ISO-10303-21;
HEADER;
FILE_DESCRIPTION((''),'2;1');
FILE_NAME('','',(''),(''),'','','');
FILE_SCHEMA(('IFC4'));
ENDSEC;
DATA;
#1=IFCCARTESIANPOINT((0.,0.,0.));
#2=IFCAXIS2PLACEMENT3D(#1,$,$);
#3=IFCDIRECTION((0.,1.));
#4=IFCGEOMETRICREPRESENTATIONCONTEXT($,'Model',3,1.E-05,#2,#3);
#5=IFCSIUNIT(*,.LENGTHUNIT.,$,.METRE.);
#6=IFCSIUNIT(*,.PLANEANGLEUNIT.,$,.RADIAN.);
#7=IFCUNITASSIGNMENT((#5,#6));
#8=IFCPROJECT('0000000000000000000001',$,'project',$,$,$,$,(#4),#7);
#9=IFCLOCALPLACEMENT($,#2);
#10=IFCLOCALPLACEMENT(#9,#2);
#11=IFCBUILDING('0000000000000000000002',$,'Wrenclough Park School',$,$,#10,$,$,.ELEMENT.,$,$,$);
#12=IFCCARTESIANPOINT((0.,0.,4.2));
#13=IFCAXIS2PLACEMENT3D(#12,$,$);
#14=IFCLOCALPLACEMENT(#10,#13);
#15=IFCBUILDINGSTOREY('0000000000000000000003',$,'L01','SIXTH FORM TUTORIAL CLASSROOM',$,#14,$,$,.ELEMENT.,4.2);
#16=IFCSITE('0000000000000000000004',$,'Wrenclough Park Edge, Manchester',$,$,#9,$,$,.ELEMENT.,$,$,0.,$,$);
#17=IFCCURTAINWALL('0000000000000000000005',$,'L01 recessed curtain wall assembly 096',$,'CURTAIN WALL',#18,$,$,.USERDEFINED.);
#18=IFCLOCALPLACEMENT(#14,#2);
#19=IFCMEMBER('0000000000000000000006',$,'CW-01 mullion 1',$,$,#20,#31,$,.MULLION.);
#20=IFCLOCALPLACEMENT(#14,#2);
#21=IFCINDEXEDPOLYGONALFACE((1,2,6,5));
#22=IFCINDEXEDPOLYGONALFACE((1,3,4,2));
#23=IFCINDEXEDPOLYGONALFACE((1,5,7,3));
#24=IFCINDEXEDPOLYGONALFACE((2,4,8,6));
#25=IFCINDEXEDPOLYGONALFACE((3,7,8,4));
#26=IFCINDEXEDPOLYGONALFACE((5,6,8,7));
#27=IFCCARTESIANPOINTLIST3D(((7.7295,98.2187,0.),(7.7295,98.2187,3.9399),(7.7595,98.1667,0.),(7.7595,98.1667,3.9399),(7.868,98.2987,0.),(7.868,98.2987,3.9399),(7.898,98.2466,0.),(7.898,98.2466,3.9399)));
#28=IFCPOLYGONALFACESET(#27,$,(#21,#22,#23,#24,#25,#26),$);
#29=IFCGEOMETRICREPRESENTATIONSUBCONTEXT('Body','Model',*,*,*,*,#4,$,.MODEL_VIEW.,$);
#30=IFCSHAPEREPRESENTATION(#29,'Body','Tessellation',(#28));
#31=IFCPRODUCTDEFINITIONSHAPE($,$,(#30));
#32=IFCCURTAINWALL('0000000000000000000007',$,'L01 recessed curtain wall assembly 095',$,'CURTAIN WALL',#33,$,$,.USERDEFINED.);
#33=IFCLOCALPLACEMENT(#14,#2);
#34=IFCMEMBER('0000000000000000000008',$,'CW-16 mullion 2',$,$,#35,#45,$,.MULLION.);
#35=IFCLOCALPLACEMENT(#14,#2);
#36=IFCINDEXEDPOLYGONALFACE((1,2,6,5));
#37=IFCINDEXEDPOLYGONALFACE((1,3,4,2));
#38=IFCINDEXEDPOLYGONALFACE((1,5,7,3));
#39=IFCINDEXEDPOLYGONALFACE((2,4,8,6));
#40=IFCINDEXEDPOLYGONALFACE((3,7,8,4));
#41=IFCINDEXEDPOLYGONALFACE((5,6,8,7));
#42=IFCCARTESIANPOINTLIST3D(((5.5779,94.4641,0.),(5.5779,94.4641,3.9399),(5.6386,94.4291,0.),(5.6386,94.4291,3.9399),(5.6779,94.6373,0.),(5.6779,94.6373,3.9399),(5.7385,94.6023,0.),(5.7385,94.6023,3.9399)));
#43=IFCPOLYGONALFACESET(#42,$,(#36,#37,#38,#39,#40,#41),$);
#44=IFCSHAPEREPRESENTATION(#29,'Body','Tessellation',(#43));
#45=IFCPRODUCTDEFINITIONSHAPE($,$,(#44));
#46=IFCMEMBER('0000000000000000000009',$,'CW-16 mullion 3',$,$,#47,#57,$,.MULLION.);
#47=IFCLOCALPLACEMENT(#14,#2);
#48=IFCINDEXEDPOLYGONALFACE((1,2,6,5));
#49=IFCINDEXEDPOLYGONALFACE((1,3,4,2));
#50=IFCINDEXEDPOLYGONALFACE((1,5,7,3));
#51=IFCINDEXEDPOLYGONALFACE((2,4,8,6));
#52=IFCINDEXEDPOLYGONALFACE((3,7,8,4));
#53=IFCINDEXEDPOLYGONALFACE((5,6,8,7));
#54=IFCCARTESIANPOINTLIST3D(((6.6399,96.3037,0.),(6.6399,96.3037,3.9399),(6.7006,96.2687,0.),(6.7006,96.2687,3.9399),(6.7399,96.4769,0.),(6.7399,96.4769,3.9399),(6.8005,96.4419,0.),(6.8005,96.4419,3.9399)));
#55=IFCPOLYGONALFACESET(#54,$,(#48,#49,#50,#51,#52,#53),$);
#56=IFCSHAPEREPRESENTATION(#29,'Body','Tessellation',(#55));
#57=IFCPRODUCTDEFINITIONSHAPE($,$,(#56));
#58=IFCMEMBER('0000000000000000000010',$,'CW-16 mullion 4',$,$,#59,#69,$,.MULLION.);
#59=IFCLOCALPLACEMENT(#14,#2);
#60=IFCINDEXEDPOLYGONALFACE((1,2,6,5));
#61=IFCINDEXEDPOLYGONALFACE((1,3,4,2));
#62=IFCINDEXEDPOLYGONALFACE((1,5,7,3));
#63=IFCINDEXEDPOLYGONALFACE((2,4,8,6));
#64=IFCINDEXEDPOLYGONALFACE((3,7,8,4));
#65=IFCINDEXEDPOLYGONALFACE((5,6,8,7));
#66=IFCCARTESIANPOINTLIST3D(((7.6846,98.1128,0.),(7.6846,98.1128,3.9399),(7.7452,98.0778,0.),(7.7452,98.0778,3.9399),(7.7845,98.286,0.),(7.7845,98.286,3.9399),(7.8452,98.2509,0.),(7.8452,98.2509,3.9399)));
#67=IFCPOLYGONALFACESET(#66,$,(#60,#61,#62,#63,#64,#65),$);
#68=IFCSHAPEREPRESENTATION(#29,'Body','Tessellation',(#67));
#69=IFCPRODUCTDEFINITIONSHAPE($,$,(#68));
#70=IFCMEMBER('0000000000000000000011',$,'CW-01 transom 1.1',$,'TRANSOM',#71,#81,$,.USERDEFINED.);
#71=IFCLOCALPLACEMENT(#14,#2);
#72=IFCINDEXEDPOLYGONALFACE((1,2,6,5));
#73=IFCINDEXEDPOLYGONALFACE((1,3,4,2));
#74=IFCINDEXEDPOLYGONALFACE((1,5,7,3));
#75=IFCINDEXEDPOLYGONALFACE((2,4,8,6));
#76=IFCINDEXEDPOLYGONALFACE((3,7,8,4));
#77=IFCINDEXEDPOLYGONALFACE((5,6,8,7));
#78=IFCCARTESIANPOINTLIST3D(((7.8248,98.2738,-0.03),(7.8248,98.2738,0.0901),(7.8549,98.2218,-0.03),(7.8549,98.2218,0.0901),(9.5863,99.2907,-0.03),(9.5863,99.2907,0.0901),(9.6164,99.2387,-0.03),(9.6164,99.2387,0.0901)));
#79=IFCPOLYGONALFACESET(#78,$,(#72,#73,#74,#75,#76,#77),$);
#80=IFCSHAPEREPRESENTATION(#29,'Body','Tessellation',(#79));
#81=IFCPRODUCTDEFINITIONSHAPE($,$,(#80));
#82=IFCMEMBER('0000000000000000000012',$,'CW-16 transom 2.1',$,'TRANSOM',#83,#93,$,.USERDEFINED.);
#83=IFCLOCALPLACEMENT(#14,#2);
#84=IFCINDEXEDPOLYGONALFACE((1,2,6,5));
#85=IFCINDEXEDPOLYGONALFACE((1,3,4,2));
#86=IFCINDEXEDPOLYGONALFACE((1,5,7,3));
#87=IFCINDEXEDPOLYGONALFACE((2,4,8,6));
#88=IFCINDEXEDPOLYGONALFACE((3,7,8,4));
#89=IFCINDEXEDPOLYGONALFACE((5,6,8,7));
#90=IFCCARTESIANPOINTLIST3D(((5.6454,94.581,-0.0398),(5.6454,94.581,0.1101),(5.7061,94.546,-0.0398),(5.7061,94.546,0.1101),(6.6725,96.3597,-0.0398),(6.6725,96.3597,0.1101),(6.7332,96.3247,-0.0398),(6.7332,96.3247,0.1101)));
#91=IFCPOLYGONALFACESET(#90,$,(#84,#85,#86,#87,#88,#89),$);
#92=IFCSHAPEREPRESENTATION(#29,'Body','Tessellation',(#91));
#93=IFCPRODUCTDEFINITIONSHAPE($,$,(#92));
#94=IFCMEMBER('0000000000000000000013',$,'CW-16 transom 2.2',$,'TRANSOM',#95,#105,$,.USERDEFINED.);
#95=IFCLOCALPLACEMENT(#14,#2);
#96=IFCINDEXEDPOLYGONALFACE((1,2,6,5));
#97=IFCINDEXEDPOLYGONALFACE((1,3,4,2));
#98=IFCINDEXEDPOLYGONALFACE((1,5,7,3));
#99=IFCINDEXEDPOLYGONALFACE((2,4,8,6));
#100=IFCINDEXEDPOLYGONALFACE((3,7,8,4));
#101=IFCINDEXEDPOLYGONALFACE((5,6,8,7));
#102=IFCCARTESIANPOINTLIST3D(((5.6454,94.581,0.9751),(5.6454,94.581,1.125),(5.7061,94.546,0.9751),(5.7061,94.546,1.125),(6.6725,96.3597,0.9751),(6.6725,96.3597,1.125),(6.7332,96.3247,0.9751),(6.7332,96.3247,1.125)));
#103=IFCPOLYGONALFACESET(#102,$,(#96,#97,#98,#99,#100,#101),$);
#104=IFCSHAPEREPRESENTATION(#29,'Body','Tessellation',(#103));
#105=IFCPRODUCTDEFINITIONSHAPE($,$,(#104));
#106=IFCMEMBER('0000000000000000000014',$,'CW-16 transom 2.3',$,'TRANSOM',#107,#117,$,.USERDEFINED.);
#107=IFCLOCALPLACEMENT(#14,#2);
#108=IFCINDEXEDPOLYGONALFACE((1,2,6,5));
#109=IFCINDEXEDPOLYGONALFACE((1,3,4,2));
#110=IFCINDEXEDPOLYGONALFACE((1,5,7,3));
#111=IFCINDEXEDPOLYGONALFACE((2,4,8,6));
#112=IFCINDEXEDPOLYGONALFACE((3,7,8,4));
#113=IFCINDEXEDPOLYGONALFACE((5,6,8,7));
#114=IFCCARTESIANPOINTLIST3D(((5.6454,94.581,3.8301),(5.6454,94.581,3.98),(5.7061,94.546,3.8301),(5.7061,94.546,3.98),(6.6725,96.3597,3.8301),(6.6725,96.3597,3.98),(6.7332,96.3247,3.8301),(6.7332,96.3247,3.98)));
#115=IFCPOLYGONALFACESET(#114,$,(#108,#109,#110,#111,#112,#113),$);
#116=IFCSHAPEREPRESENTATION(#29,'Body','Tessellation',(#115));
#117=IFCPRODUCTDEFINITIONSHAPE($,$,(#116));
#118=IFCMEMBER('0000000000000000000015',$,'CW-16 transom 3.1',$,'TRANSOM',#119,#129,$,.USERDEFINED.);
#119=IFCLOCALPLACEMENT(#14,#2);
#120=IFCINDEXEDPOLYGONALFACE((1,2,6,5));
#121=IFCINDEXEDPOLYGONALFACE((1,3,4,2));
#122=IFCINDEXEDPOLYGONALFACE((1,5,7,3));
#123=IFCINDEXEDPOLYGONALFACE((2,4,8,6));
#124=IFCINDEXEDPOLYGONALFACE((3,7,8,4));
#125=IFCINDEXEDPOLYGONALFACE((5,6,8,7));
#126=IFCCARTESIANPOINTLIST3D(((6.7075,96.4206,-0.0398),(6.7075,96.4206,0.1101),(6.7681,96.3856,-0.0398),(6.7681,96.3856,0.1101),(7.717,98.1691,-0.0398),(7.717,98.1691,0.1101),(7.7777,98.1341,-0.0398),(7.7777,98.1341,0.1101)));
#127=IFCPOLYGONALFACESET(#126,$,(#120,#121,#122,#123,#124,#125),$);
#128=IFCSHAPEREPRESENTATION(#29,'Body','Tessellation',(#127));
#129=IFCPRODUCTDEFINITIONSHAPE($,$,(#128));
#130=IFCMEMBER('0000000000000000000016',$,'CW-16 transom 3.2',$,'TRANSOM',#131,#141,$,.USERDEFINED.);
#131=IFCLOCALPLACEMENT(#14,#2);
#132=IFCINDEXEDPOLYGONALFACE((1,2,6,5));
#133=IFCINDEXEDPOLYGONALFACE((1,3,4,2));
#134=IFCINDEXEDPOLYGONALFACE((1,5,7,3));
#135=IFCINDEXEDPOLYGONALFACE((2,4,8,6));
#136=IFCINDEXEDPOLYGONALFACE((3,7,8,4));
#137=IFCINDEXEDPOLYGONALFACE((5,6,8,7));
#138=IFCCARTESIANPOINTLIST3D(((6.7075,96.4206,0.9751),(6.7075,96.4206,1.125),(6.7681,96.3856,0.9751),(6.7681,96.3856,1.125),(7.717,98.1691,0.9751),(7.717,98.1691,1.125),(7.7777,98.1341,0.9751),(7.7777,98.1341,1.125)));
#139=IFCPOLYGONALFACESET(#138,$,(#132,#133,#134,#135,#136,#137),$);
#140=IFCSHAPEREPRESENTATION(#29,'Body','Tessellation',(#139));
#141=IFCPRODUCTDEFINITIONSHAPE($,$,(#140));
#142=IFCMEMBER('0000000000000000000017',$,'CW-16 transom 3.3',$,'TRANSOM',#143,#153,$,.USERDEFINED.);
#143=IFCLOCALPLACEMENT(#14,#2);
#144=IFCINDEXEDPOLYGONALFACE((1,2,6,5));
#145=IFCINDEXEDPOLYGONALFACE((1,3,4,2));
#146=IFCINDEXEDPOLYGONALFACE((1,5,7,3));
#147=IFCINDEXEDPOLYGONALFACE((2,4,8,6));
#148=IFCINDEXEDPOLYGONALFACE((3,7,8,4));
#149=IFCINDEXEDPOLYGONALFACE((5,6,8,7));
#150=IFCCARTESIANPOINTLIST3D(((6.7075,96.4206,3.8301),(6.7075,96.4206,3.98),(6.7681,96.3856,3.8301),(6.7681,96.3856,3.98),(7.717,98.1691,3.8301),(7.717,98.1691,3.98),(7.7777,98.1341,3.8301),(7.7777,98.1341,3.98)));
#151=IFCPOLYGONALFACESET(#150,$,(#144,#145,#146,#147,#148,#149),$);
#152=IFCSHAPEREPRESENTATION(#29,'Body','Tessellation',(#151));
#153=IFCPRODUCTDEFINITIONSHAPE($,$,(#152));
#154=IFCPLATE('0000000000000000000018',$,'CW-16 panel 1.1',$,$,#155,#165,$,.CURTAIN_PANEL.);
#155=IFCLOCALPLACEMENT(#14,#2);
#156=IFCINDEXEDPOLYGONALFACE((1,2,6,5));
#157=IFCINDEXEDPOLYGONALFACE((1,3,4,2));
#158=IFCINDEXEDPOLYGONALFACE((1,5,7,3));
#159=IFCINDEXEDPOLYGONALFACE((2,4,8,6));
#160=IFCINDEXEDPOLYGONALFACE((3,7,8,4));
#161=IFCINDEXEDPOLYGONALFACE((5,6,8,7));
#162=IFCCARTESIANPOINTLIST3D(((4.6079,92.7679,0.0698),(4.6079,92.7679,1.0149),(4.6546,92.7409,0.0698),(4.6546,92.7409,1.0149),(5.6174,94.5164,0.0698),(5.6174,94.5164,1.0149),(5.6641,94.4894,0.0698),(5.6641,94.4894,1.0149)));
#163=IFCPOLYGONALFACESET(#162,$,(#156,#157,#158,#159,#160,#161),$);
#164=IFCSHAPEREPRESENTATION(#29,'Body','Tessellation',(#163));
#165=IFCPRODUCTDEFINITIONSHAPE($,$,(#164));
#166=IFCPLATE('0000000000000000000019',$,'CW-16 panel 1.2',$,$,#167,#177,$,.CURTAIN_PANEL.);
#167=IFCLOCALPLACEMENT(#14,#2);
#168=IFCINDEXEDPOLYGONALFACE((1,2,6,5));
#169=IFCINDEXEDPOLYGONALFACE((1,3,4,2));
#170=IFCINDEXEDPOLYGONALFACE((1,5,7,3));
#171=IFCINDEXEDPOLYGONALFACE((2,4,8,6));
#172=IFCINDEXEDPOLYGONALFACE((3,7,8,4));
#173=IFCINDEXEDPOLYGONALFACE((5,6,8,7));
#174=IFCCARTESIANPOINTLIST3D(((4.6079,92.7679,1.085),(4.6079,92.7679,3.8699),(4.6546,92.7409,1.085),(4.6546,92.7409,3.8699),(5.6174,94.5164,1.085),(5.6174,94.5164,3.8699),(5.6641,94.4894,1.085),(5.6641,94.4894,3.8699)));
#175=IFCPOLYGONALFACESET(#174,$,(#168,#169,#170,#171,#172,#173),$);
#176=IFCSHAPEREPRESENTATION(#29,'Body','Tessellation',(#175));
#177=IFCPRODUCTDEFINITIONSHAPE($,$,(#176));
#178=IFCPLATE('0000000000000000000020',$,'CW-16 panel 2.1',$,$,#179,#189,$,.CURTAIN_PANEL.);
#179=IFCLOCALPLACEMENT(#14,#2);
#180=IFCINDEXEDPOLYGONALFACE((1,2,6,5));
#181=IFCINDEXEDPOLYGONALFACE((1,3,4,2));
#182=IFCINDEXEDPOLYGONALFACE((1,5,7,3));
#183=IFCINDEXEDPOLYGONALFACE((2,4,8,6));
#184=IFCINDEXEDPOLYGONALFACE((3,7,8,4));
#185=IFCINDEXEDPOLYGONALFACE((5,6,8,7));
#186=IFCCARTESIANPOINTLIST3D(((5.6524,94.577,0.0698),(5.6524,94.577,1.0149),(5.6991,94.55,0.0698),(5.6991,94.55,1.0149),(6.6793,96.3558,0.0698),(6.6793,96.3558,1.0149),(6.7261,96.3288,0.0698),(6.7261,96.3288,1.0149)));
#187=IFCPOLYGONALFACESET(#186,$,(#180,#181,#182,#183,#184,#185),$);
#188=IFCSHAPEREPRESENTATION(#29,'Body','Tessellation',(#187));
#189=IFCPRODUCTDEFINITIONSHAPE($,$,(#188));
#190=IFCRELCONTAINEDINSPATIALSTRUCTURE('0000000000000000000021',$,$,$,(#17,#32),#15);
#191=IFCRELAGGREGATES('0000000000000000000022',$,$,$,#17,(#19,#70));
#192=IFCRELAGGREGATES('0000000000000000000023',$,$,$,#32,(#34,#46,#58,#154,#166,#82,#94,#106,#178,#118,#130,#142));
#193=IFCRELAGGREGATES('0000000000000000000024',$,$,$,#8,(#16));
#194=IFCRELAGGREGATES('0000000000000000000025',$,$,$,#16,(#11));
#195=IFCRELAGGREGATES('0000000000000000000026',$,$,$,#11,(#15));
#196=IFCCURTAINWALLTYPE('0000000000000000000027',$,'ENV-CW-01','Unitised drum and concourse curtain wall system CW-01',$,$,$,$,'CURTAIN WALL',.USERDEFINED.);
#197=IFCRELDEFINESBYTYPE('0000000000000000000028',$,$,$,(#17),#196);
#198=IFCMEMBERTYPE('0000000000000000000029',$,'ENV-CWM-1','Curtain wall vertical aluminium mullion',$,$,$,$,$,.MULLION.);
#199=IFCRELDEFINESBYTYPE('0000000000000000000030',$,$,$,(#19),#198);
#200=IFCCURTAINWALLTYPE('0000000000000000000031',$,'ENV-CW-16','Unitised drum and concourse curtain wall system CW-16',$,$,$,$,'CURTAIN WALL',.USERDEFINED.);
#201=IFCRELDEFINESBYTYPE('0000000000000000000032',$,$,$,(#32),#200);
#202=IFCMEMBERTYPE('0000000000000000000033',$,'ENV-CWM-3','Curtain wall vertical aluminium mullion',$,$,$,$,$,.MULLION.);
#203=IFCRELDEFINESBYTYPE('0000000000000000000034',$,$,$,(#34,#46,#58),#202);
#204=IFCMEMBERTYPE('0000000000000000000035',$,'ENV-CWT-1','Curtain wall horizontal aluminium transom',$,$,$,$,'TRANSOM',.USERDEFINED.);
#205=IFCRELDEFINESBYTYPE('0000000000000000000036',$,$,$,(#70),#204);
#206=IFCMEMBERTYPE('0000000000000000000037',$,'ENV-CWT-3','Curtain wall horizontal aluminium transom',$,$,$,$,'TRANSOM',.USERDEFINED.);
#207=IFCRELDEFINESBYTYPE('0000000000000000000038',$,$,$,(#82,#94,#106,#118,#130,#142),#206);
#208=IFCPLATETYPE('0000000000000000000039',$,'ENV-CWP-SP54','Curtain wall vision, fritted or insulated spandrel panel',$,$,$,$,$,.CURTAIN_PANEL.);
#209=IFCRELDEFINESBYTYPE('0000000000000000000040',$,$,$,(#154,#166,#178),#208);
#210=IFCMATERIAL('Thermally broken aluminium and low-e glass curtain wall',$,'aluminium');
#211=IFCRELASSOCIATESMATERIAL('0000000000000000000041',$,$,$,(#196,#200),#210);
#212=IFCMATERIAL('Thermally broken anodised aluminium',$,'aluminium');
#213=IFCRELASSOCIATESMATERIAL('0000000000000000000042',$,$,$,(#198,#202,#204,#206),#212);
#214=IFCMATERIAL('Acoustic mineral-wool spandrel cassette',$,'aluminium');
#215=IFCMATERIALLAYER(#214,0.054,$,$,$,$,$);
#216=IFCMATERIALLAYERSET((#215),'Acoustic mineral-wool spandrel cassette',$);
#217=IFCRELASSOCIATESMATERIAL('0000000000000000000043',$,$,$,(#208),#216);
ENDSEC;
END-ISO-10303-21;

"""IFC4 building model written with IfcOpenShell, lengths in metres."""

from ifc_helpers import new_model, si_unit, direction, frame, origin, origin_2d, place, context, subcontext, project, spatial, rectangle, extrude, material, layer, layer_set, material_profile, profile_set, type_object, element, aggregate, save


model = new_model("IFC4")

# Units and contexts
model_context = context("Model", 3, precision=1e-05, world=origin(), true_north=direction((0.0, 1.0)))
body_context = subcontext(model_context, "Body", "Model", "MODEL_VIEW")
ifc_project = project(units=[si_unit("LENGTHUNIT", "METRE"), si_unit("PLANEANGLEUNIT", "RADIAN")], contexts=[model_context])

# Site, building, storey
site_placement = place(None, origin())
site = spatial("IfcSite", under=ifc_project, at=site_placement, Name="Wrenclough Park Edge, Manchester", CompositionType="ELEMENT", RefElevation=0.0)
building_placement = place(site_placement, origin())
building = spatial("IfcBuilding", under=site, at=building_placement, Name="Wrenclough Park School", CompositionType="ELEMENT")
storey_placement = place(building_placement, frame((0.0, 0.0, 4.2)))
storey = spatial("IfcBuildingStorey", under=building, at=storey_placement, Name="L01", Description="SIXTH FORM TUTORIAL CLASSROOM", CompositionType="ELEMENT", Elevation=4.2)

# Curtain wall, member
ifc_material_1 = material(Name="Thermally broken aluminium and low-e glass curtain wall", Category="aluminium")
curtain_wall_type_1 = type_object("IfcCurtainWallType", Name="ENV-CW-01", Description="Unitised drum and concourse curtain wall system CW-01", ElementType="CURTAIN WALL", PredefinedType="USERDEFINED", material=ifc_material_1)
curtain_wall_1_placement = place(storey_placement, origin())
curtain_wall_1 = element("IfcCurtainWall", 1, at=curtain_wall_1_placement, inside=storey, type_object=curtain_wall_type_1, Name="L01 recessed curtain wall assembly 096", ObjectType="CURTAIN WALL", PredefinedType="USERDEFINED")
ifc_material_2 = material(Name="Thermally broken anodised aluminium", Category="aluminium")
ifc_material_profile_1 = material_profile(ifc_material_2, rectangle(XDim=0.0601, YDim=0.1599, at=origin_2d()), Name="AL MULLION 60x160")
ifc_profile_set_1 = profile_set([ifc_material_profile_1], Name="Thermally broken anodised aluminium")
member_type_1 = type_object("IfcMemberType", Name="ENV-CWM-1", Description="Curtain wall vertical aluminium mullion", PredefinedType="MULLION", material=ifc_profile_set_1)
member_1_placement = place(storey_placement, frame((7.8137, 98.2327, 0.0), z_axis=(0.0, 0.0, 1.0), x_axis=(-0.499999, 0.866026, 0.0)))
member_1 = element("IfcMember", 2, at=member_1_placement, type_object=member_type_1, Name="CW-01 mullion 1", PredefinedType="MULLION", context=body_context, shape_type="SweptSolid", body=[
    extrude(rectangle(XDim=0.0601, YDim=0.1599, at=origin_2d()), origin(), (0.0, 0.0, 1.0), 3.9399),
])

# Curtain wall, members
curtain_wall_type_2 = type_object("IfcCurtainWallType", Name="ENV-CW-16", Description="Unitised drum and concourse curtain wall system CW-16", ElementType="CURTAIN WALL", PredefinedType="USERDEFINED", material=ifc_material_1)
curtain_wall_2_placement = place(storey_placement, origin())
curtain_wall_2 = element("IfcCurtainWall", 3, at=curtain_wall_2_placement, inside=storey, type_object=curtain_wall_type_2, Name="L01 recessed curtain wall assembly 095", ObjectType="CURTAIN WALL", PredefinedType="USERDEFINED")
ifc_material_profile_2 = material_profile(ifc_material_2, rectangle(XDim=0.0701, YDim=0.2, at=origin_2d()), Name="AL MULLION 70x200")
ifc_profile_set_2 = profile_set([ifc_material_profile_2], Name="Thermally broken anodised aluminium")
member_type_2 = type_object("IfcMemberType", Name="ENV-CWM-3", Description="Curtain wall vertical aluminium mullion", PredefinedType="MULLION", material=ifc_profile_set_2)
member_2_placement = place(storey_placement, frame((5.6582, 94.5332, 0.0), z_axis=(0.0, 0.0, 1.0), x_axis=(-0.866026, 0.499999, 0.0)))
member_2 = element("IfcMember", 4, at=member_2_placement, type_object=member_type_2, Name="CW-16 mullion 2", PredefinedType="MULLION", context=body_context, shape_type="SweptSolid", body=[
    extrude(rectangle(XDim=0.0701, YDim=0.2, at=origin_2d()), origin(), (0.0, 0.0, 1.0), 3.9399),
])
member_3_placement = place(storey_placement, frame((6.7202, 96.3728, 0.0), z_axis=(0.0, 0.0, 1.0), x_axis=(-0.866026, 0.499999, 0.0)))
member_3 = element("IfcMember", 5, at=member_3_placement, type_object=member_type_2, Name="CW-16 mullion 3", PredefinedType="MULLION", context=body_context, shape_type="SweptSolid", body=[
    extrude(rectangle(XDim=0.0701, YDim=0.2, at=origin_2d()), origin(), (0.0, 0.0, 1.0), 3.9399),
])
member_4_placement = place(storey_placement, frame((7.7649, 98.1819, 0.0), z_axis=(0.0, 0.0, 1.0), x_axis=(-0.866026, 0.499999, 0.0)))
member_4 = element("IfcMember", 6, at=member_4_placement, type_object=member_type_2, Name="CW-16 mullion 4", PredefinedType="MULLION", context=body_context, shape_type="SweptSolid", body=[
    extrude(rectangle(XDim=0.0701, YDim=0.2, at=origin_2d()), origin(), (0.0, 0.0, 1.0), 3.9399),
])

# Members
ifc_material_profile_3 = material_profile(ifc_material_2, rectangle(XDim=0.0601, YDim=0.1201, at=origin_2d()), Name="AL TRANSOM 60x120")
ifc_profile_set_3 = profile_set([ifc_material_profile_3], Name="Thermally broken anodised aluminium")
member_type_3 = type_object("IfcMemberType", Name="ENV-CWT-1", Description="Curtain wall horizontal aluminium transom", ElementType="TRANSOM", PredefinedType="USERDEFINED", material=ifc_profile_set_3)
member_5_placement = place(storey_placement, frame((7.8398, 98.2478, 0.03), z_axis=(0.866056, 0.499948, 0.0), x_axis=(-0.499948, 0.866056, 0.0)))
member_5 = element("IfcMember", 7, at=member_5_placement, type_object=member_type_3, Name="CW-01 transom 1.1", ObjectType="TRANSOM", PredefinedType="USERDEFINED", context=body_context, shape_type="SweptSolid", body=[
    extrude(rectangle(XDim=0.0601, YDim=0.1201, at=origin_2d()), origin(), (0.0, 0.0, 1.0), 2.0339),
])
aggregate(curtain_wall_1, [member_1, member_5])
ifc_material_profile_4 = material_profile(ifc_material_2, rectangle(XDim=0.0701, YDim=0.1499, at=origin_2d()), Name="AL TRANSOM 70x150")
ifc_profile_set_4 = profile_set([ifc_material_profile_4], Name="Thermally broken anodised aluminium")
member_type_4 = type_object("IfcMemberType", Name="ENV-CWT-3", Description="Curtain wall horizontal aluminium transom", ElementType="TRANSOM", PredefinedType="USERDEFINED", material=ifc_profile_set_4)
member_6_placement = place(storey_placement, frame((5.6758, 94.5635, 0.0352), z_axis=(0.500038, 0.866003, 0.0), x_axis=(-0.866003, 0.500038, 0.0)))
member_6 = element("IfcMember", 8, at=member_6_placement, type_object=member_type_4, Name="CW-16 transom 2.1", ObjectType="TRANSOM", PredefinedType="USERDEFINED", context=body_context, shape_type="SweptSolid", body=[
    extrude(rectangle(XDim=0.0701, YDim=0.1499, at=origin_2d()), origin(), (0.0, 0.0, 1.0), 2.054),
])
member_7_placement = place(storey_placement, frame((5.6758, 94.5635, 1.05), z_axis=(0.500038, 0.866003, 0.0), x_axis=(-0.866003, 0.500038, 0.0)))
member_7 = element("IfcMember", 9, at=member_7_placement, type_object=member_type_4, Name="CW-16 transom 2.2", ObjectType="TRANSOM", PredefinedType="USERDEFINED", context=body_context, shape_type="SweptSolid", body=[
    extrude(rectangle(XDim=0.0701, YDim=0.1499, at=origin_2d()), origin(), (0.0, 0.0, 1.0), 2.054),
])
member_8_placement = place(storey_placement, frame((5.6758, 94.5635, 3.905), z_axis=(0.500038, 0.866003, 0.0), x_axis=(-0.866003, 0.500038, 0.0)))
member_8 = element("IfcMember", 10, at=member_8_placement, type_object=member_type_4, Name="CW-16 transom 2.3", ObjectType="TRANSOM", PredefinedType="USERDEFINED", context=body_context, shape_type="SweptSolid", body=[
    extrude(rectangle(XDim=0.0701, YDim=0.1499, at=origin_2d()), origin(), (0.0, 0.0, 1.0), 2.054),
])
member_9_placement = place(storey_placement, frame((6.7378, 96.4031, 0.0352), z_axis=(0.500002, 0.866024, 0.0), x_axis=(-0.866024, 0.500002, 0.0)))
member_9 = element("IfcMember", 11, at=member_9_placement, type_object=member_type_4, Name="CW-16 transom 3.1", ObjectType="TRANSOM", PredefinedType="USERDEFINED", context=body_context, shape_type="SweptSolid", body=[
    extrude(rectangle(XDim=0.0701, YDim=0.1499, at=origin_2d()), origin(), (0.0, 0.0, 1.0), 2.019),
])
member_10_placement = place(storey_placement, frame((6.7378, 96.4031, 1.05), z_axis=(0.500002, 0.866024, 0.0), x_axis=(-0.866024, 0.500002, 0.0)))
member_10 = element("IfcMember", 12, at=member_10_placement, type_object=member_type_4, Name="CW-16 transom 3.2", ObjectType="TRANSOM", PredefinedType="USERDEFINED", context=body_context, shape_type="SweptSolid", body=[
    extrude(rectangle(XDim=0.0701, YDim=0.1499, at=origin_2d()), origin(), (0.0, 0.0, 1.0), 2.019),
])
member_11_placement = place(storey_placement, frame((6.7378, 96.4031, 3.905), z_axis=(0.500002, 0.866024, 0.0), x_axis=(-0.866024, 0.500002, 0.0)))
member_11 = element("IfcMember", 13, at=member_11_placement, type_object=member_type_4, Name="CW-16 transom 3.3", ObjectType="TRANSOM", PredefinedType="USERDEFINED", context=body_context, shape_type="SweptSolid", body=[
    extrude(rectangle(XDim=0.0701, YDim=0.1499, at=origin_2d()), origin(), (0.0, 0.0, 1.0), 2.019),
])

# Plates
ifc_material_3 = material(Name="Acoustic mineral-wool spandrel cassette", Category="aluminium")
ifc_layer_1 = layer(ifc_material_3, 0.054)
ifc_layer_set_1 = layer_set([ifc_layer_1], Name="Acoustic mineral-wool spandrel cassette")
plate_type_1 = type_object("IfcPlateType", Name="ENV-CWP-SP54", Description="Curtain wall vision, fritted or insulated spandrel panel", PredefinedType="CURTAIN_PANEL", material=ifc_layer_set_1)
plate_1_placement = place(storey_placement, frame((5.136, 93.6287, 0.0698), z_axis=(0.0, 0.0, 1.0), x_axis=(0.499999, 0.866026, 0.0)))
plate_1 = element("IfcPlate", 14, at=plate_1_placement, type_object=plate_type_1, Name="CW-16 panel 1.1", PredefinedType="CURTAIN_PANEL", context=body_context, shape_type="SweptSolid", body=[
    extrude(rectangle(XDim=2.019, YDim=0.054, at=origin_2d()), origin(), (0.0, 0.0, 1.0), 0.9451),
])
plate_2_placement = place(storey_placement, frame((5.136, 93.6287, 1.085), z_axis=(0.0, 0.0, 1.0), x_axis=(0.499999, 0.866026, 0.0)))
plate_2 = element("IfcPlate", 15, at=plate_2_placement, type_object=plate_type_1, Name="CW-16 panel 1.2", PredefinedType="CURTAIN_PANEL", context=body_context, shape_type="SweptSolid", body=[
    extrude(rectangle(XDim=2.019, YDim=0.054, at=origin_2d()), origin(), (0.0, 0.0, 1.0), 2.7849),
])
plate_3_placement = place(storey_placement, frame((6.1892, 95.4529, 0.0698), z_axis=(0.0, 0.0, 1.0), x_axis=(0.499999, 0.866026, 0.0)))
plate_3 = element("IfcPlate", 16, at=plate_3_placement, type_object=plate_type_1, Name="CW-16 panel 2.1", PredefinedType="CURTAIN_PANEL", context=body_context, shape_type="SweptSolid", body=[
    extrude(rectangle(XDim=2.054, YDim=0.054, at=origin_2d()), origin(), (0.0, 0.0, 1.0), 0.9451),
])
aggregate(curtain_wall_2, [member_2, member_3, member_4, plate_1, plate_2, member_6, member_7, member_8, plate_3, member_9, member_10, member_11])

save(model, "model.ifc")
